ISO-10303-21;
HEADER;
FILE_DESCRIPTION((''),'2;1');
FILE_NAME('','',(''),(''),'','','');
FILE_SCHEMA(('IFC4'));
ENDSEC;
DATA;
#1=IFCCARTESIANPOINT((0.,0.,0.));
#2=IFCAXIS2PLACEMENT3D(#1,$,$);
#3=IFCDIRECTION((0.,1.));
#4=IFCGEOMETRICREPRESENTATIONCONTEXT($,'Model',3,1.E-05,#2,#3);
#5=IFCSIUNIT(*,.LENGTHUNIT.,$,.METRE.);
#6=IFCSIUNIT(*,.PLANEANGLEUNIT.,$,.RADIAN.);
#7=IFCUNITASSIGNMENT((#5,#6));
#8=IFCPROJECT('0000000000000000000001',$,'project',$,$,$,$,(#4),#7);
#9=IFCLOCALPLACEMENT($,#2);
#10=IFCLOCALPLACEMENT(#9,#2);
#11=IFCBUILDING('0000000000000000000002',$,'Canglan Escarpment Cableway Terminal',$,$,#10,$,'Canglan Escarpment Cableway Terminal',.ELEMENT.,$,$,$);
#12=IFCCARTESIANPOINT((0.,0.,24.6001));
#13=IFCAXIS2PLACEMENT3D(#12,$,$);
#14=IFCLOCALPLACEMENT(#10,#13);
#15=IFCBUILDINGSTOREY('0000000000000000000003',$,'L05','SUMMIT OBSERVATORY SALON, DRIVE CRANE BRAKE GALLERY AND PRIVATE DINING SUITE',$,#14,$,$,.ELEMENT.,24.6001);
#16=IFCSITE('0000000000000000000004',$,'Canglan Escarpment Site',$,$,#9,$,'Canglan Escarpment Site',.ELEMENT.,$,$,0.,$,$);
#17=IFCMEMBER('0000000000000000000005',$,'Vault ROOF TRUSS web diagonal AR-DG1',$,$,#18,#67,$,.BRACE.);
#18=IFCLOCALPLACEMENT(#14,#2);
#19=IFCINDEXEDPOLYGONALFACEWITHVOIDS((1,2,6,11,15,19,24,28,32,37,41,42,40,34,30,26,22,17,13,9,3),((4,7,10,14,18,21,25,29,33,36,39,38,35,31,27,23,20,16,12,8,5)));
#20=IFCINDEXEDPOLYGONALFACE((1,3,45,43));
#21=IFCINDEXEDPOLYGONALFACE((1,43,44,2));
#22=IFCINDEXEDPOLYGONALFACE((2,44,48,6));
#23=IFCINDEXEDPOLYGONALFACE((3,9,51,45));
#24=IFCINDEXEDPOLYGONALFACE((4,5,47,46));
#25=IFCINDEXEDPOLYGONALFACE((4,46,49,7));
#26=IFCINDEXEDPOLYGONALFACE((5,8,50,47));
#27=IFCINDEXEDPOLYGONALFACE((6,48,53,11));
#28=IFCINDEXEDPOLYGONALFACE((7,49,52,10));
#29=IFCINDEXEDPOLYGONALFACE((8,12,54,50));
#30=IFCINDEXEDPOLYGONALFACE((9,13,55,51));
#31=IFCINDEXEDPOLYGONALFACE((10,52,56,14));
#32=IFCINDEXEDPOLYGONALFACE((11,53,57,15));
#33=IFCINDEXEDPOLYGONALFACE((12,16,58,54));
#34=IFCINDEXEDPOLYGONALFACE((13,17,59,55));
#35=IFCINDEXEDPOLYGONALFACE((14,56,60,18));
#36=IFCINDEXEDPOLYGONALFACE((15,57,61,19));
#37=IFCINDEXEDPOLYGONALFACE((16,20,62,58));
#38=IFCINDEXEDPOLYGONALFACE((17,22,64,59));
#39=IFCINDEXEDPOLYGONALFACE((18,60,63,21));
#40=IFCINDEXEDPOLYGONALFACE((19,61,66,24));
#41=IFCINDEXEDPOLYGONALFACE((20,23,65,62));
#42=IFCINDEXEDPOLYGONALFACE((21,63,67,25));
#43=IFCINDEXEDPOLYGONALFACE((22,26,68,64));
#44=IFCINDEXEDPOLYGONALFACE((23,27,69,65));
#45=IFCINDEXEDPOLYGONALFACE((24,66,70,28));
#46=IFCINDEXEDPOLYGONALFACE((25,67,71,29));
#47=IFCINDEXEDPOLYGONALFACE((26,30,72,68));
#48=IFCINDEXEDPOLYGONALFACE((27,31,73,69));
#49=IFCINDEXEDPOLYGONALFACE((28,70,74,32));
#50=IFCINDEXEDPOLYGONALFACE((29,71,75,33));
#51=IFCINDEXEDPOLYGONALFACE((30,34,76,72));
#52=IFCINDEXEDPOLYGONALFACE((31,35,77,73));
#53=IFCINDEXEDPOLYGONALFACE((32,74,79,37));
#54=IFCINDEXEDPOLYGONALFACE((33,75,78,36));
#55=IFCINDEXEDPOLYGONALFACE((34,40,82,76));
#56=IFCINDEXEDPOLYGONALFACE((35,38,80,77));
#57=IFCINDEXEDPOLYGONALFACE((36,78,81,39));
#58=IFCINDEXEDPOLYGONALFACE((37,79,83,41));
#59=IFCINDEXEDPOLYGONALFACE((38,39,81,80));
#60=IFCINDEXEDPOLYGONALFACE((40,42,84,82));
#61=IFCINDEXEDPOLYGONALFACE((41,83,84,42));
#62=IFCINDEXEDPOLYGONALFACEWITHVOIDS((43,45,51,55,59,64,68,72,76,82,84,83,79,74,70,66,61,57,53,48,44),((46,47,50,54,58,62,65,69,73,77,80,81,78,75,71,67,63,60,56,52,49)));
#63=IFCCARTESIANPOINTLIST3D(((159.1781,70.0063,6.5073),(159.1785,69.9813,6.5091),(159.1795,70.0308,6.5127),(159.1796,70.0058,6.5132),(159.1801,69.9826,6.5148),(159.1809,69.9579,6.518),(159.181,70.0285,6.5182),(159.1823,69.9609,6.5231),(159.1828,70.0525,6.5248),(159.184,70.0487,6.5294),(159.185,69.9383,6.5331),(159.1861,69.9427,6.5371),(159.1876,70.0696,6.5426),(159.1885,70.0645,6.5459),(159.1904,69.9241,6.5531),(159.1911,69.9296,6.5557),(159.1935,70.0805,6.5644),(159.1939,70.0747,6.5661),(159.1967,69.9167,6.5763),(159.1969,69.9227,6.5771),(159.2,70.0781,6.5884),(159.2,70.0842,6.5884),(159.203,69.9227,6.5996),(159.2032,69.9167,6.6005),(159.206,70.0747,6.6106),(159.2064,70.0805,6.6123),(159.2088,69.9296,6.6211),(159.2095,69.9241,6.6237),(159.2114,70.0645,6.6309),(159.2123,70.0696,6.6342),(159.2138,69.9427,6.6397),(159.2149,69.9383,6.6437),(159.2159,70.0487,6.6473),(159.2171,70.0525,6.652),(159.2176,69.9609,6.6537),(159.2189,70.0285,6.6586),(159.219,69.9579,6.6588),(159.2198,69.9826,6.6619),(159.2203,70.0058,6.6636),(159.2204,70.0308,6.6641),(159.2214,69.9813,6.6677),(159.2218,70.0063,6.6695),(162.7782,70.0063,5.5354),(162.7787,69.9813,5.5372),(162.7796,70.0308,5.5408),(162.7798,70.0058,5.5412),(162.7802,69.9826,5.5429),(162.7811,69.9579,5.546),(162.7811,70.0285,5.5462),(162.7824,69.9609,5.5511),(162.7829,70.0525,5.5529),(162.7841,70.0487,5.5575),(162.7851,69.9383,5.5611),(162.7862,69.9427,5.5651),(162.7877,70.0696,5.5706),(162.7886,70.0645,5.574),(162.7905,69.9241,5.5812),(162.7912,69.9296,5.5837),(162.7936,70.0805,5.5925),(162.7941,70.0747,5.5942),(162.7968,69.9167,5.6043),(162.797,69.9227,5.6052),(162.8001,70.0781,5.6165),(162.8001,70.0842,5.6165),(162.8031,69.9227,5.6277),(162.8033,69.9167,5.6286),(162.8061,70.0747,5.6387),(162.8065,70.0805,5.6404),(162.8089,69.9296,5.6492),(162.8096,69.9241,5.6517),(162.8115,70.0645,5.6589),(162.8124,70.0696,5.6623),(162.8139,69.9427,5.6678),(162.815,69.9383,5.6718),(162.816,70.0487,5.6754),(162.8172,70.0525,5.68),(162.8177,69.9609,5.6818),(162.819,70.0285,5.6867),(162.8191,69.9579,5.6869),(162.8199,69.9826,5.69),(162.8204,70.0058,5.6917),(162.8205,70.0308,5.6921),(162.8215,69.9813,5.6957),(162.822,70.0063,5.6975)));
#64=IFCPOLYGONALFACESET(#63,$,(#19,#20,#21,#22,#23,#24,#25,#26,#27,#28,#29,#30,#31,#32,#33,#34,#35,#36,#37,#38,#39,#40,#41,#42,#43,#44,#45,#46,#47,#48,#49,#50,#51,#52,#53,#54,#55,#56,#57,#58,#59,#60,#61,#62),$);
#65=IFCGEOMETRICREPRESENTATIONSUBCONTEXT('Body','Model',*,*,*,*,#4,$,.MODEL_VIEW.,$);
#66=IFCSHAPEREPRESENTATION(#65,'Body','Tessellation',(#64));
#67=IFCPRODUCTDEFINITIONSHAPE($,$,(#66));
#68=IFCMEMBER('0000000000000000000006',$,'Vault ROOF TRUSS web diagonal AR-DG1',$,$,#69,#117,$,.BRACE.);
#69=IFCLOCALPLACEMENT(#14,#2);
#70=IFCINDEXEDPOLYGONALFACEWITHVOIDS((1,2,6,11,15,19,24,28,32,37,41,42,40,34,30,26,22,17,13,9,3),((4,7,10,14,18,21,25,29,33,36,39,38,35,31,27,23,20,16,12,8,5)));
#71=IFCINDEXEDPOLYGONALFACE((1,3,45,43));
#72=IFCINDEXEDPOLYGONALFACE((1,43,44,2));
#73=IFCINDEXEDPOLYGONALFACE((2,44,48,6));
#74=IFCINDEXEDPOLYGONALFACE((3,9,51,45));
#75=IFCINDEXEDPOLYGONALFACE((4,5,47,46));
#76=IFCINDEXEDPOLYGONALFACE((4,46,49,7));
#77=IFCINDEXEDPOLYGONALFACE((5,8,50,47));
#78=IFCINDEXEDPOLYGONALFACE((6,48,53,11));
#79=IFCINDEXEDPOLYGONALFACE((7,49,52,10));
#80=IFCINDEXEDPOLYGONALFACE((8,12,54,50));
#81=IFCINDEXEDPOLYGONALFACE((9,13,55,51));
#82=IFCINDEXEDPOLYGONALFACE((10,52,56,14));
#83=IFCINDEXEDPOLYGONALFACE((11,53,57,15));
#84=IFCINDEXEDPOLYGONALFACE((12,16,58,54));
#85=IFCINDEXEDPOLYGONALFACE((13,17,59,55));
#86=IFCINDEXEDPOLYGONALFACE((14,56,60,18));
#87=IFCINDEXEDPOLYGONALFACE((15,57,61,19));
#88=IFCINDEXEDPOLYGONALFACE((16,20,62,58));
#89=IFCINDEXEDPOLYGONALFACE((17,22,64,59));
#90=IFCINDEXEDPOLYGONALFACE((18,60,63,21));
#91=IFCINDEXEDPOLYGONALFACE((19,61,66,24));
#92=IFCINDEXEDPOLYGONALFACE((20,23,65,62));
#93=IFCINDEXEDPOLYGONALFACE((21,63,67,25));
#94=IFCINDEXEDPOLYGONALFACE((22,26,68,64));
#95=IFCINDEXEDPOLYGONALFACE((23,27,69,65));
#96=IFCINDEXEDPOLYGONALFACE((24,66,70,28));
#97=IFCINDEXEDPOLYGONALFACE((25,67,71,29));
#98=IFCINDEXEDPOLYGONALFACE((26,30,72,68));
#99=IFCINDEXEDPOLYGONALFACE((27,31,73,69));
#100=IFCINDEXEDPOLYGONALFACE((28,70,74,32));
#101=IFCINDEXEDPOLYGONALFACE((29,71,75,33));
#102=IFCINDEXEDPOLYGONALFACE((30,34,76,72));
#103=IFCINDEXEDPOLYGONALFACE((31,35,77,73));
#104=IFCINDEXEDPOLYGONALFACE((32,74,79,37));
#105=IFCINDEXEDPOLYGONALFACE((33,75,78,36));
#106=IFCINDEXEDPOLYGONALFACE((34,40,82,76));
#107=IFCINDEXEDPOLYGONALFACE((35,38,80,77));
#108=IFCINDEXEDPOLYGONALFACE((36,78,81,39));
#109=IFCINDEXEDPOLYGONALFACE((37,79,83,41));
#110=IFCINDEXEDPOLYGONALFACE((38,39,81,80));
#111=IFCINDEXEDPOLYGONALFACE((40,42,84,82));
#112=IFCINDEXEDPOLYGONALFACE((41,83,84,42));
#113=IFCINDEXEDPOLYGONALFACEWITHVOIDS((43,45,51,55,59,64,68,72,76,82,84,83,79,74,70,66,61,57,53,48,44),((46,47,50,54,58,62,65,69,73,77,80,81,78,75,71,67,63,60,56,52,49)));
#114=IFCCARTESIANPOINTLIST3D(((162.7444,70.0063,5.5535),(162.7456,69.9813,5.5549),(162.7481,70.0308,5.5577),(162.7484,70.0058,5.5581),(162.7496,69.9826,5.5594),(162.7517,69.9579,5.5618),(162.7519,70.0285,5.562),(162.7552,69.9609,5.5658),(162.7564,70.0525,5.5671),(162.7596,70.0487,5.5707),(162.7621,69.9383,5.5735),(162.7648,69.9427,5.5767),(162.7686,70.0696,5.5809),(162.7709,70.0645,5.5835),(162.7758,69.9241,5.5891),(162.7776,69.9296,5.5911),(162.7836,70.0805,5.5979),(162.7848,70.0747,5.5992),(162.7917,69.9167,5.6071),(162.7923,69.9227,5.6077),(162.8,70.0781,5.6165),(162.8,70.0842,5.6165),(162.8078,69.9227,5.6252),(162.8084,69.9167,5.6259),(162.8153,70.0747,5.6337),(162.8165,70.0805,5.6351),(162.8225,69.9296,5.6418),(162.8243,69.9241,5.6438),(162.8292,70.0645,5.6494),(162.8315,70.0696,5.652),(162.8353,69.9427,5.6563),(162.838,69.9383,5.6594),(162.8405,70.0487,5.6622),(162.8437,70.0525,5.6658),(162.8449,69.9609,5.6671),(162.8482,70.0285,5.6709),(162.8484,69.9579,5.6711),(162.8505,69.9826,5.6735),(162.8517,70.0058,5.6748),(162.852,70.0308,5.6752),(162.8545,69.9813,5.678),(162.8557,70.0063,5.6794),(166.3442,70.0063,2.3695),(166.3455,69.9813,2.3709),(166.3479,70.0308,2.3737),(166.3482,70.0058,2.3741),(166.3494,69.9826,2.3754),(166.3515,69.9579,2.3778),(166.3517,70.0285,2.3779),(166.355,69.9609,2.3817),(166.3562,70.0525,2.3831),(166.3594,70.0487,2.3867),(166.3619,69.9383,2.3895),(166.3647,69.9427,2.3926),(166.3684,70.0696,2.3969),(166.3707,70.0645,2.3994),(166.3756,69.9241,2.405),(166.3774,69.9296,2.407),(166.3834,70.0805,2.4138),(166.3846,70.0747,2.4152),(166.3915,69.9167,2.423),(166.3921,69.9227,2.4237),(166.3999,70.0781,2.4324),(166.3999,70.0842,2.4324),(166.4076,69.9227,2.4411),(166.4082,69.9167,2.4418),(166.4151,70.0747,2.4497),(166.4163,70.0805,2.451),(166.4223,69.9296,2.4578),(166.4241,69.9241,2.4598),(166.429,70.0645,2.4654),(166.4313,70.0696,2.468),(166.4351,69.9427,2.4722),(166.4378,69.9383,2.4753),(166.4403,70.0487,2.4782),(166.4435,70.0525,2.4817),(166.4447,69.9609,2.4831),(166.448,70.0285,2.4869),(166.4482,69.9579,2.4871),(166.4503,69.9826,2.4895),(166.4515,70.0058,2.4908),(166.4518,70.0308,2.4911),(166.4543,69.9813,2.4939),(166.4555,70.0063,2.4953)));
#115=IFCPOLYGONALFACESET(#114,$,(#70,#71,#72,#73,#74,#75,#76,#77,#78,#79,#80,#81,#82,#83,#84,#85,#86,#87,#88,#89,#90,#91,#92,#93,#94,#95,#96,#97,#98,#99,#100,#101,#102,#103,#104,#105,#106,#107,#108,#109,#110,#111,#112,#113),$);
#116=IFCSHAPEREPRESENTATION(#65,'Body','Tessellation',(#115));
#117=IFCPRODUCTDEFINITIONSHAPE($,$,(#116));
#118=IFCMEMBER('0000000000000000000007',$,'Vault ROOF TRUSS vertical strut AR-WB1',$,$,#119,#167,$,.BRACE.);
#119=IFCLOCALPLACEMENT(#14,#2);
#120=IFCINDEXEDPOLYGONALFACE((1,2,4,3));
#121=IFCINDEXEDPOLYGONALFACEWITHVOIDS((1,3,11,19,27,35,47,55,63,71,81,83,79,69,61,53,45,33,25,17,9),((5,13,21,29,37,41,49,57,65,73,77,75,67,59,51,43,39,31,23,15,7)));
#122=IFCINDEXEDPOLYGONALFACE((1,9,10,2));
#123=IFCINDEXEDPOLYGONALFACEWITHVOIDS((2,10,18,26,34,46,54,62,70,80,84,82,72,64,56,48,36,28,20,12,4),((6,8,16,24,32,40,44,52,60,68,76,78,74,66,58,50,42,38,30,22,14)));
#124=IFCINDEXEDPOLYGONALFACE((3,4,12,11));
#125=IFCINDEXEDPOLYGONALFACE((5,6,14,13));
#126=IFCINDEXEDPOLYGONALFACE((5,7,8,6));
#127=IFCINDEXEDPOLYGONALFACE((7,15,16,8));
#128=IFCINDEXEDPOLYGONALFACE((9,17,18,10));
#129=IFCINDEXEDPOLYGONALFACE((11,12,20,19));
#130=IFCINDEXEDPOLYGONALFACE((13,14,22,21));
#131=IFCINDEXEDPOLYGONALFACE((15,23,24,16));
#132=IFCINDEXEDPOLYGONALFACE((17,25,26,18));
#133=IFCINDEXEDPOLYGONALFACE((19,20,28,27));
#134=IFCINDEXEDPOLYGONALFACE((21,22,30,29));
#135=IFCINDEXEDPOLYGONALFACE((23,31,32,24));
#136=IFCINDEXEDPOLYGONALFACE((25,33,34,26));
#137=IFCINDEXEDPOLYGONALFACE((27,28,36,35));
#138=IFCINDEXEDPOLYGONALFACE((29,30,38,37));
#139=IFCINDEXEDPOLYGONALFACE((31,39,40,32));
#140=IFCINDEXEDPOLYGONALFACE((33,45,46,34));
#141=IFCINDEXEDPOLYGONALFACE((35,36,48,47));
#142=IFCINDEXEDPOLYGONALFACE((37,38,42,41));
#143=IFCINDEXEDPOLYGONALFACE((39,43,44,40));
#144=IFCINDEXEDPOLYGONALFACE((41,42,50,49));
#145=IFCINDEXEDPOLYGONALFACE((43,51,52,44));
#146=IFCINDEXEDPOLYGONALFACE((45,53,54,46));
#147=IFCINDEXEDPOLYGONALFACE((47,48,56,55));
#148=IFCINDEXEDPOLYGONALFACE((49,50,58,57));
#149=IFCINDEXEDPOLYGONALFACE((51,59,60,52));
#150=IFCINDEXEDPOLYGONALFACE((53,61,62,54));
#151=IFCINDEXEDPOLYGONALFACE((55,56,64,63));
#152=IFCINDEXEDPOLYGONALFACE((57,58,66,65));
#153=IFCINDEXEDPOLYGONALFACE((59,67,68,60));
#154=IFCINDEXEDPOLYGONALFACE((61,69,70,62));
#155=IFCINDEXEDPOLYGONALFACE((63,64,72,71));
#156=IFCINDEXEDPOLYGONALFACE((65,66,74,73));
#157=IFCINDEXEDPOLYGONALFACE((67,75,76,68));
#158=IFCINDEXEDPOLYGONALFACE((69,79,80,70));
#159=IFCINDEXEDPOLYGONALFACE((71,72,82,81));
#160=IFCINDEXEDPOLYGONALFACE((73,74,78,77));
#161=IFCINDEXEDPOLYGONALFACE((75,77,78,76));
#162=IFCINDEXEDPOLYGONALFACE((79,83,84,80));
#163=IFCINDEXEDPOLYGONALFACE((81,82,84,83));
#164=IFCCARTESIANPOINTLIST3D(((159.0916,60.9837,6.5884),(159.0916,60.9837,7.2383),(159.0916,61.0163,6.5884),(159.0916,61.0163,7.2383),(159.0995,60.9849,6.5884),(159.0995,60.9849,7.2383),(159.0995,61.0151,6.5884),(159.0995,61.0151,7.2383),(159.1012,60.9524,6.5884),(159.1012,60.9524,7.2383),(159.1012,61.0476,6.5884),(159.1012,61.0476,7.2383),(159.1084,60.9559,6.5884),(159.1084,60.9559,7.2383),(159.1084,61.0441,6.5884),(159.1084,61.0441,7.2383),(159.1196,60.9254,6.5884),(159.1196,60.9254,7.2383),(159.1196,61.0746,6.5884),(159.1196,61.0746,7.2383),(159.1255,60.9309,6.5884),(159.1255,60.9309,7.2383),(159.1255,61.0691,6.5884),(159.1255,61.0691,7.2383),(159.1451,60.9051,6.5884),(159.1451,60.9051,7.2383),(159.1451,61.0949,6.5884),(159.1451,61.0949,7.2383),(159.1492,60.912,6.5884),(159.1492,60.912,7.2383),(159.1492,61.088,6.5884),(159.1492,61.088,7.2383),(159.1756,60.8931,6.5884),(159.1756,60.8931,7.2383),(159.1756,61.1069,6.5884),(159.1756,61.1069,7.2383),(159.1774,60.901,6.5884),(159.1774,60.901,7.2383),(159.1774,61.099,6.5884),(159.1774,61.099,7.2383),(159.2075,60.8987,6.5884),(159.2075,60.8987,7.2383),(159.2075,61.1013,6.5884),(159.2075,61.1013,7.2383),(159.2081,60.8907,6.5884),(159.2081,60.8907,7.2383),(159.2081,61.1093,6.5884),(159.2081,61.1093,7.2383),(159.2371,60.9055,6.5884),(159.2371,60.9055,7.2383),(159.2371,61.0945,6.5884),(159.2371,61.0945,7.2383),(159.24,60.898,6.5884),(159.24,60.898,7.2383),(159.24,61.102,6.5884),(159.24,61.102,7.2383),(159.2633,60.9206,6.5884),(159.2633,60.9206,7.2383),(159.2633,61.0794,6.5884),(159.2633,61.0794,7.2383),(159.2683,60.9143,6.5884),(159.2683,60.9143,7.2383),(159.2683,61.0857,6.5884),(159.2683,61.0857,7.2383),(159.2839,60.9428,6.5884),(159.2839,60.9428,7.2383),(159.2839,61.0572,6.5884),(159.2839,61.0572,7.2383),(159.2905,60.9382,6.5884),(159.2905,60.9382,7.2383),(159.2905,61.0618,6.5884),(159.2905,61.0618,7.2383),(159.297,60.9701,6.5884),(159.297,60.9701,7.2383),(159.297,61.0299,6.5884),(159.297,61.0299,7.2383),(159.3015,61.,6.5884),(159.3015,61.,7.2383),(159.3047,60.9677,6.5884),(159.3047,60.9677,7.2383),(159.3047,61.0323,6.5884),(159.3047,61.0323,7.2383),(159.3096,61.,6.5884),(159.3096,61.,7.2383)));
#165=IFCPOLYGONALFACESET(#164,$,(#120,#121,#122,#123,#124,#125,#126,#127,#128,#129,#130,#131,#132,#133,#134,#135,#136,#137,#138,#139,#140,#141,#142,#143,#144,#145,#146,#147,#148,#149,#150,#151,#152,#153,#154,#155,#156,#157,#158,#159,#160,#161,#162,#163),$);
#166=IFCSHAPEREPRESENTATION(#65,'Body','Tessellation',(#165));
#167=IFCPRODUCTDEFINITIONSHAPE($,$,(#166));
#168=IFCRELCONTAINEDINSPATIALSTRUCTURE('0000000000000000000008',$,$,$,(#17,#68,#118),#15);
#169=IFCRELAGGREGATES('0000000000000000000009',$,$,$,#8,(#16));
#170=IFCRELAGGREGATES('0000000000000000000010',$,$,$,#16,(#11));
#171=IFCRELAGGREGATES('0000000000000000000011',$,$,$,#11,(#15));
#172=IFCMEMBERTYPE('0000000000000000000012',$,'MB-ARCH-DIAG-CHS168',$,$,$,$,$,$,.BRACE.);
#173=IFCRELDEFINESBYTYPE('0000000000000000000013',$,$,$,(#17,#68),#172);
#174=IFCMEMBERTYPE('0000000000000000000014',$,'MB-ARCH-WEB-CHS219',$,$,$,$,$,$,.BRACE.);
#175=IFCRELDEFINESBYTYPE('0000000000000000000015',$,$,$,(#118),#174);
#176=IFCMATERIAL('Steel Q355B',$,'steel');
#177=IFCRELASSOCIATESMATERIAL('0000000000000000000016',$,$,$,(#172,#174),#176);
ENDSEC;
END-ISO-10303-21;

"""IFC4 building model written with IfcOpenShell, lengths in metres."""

from ifc_helpers import new_model, si_unit, direction, frame, origin, origin_2d, place, context, subcontext, project, spatial, hollow_circle, extrude, material, material_profile, profile_set, type_object, element, save


model = new_model("IFC4")

# Units and contexts
model_context = context("Model", 3, precision=1e-05, world=origin(), true_north=direction((0.0, 1.0)))
body_context = subcontext(model_context, "Body", "Model", "MODEL_VIEW")
ifc_project = project(units=[si_unit("LENGTHUNIT", "METRE"), si_unit("PLANEANGLEUNIT", "RADIAN")], contexts=[model_context])

# Site, building, storey
site_placement = place(None, origin())
site = spatial("IfcSite", under=ifc_project, at=site_placement, Name="Canglan Escarpment Site", LongName="Canglan Escarpment Site", CompositionType="ELEMENT", RefElevation=0.0)
building_placement = place(site_placement, origin())
building = spatial("IfcBuilding", under=site, at=building_placement, Name="Canglan Escarpment Cableway Terminal", LongName="Canglan Escarpment Cableway Terminal", CompositionType="ELEMENT")
storey_placement = place(building_placement, frame((0.0, 0.0, 24.6001)))
storey = spatial("IfcBuildingStorey", under=building, at=storey_placement, Name="L05", Description="SUMMIT OBSERVATORY SALON, DRIVE CRANE BRAKE GALLERY AND PRIVATE DINING SUITE", CompositionType="ELEMENT", Elevation=24.6001)

# Shared definitions
ifc_material = material(Name="Steel Q355B", Category="steel")

# Members
ifc_material_profile_1 = material_profile(ifc_material, hollow_circle(Radius=0.0842, WallThickness=0.0061, at=origin_2d()), Name="CHS 168.3x6")
ifc_profile_set_1 = profile_set([ifc_material_profile_1], Name="Steel Q355B")
member_type_1 = type_object("IfcMemberType", Name="MB-ARCH-DIAG-CHS168", PredefinedType="BRACE", material=ifc_profile_set_1)
member_1_placement = place(storey_placement, frame((159.2, 70.0, 6.5884), z_axis=(0.965436, 0.0, -0.26064), x_axis=(0.0, 1.0, 0.0)))
element("IfcMember", 1, at=member_1_placement, inside=storey, type_object=member_type_1, Name="Vault ROOF TRUSS web diagonal AR-DG1", PredefinedType="BRACE", context=body_context, shape_type="SweptSolid", body=[
    extrude(hollow_circle(Radius=0.0842, WallThickness=0.0061, at=origin_2d()), origin(), (0.0, 0.0, 1.0), 3.729),
])
member_2_placement = place(storey_placement, frame((162.8, 70.0, 5.6165), z_axis=(0.749038, 0.0, -0.662527), x_axis=(0.0, 1.0, 0.0)))
element("IfcMember", 2, at=member_2_placement, inside=storey, type_object=member_type_1, Name="Vault ROOF TRUSS web diagonal AR-DG1", PredefinedType="BRACE", context=body_context, shape_type="SweptSolid", body=[
    extrude(hollow_circle(Radius=0.0842, WallThickness=0.0061, at=origin_2d()), origin(), (0.0, 0.0, 1.0), 4.8059),
])
ifc_material_profile_2 = material_profile(ifc_material, hollow_circle(Radius=0.1096, WallThickness=0.0081, at=origin_2d()), Name="CHS 219.1x8")
ifc_profile_set_2 = profile_set([ifc_material_profile_2], Name="Steel Q355B")
member_type_2 = type_object("IfcMemberType", Name="MB-ARCH-WEB-CHS219", PredefinedType="BRACE", material=ifc_profile_set_2)
for number, where, z_axis, x_axis, name in (
    (3, (159.2, 61.0, 6.5884), (0.0, 0.0, 1.0), (1.0, 0.0, 0.0), "Vault ROOF TRUSS vertical strut AR-WB1"),
):
    element("IfcMember", number, at=place(storey_placement, frame(where, z_axis=z_axis, x_axis=x_axis)), inside=storey, type_object=member_type_2, Name=name, PredefinedType="BRACE", context=body_context, shape_type="SweptSolid", body=[
        extrude(hollow_circle(Radius=0.1096, WallThickness=0.0081, at=origin_2d()), origin(), (0.0, 0.0, 1.0), 0.6499),
    ])

save(model, "model.ifc")
